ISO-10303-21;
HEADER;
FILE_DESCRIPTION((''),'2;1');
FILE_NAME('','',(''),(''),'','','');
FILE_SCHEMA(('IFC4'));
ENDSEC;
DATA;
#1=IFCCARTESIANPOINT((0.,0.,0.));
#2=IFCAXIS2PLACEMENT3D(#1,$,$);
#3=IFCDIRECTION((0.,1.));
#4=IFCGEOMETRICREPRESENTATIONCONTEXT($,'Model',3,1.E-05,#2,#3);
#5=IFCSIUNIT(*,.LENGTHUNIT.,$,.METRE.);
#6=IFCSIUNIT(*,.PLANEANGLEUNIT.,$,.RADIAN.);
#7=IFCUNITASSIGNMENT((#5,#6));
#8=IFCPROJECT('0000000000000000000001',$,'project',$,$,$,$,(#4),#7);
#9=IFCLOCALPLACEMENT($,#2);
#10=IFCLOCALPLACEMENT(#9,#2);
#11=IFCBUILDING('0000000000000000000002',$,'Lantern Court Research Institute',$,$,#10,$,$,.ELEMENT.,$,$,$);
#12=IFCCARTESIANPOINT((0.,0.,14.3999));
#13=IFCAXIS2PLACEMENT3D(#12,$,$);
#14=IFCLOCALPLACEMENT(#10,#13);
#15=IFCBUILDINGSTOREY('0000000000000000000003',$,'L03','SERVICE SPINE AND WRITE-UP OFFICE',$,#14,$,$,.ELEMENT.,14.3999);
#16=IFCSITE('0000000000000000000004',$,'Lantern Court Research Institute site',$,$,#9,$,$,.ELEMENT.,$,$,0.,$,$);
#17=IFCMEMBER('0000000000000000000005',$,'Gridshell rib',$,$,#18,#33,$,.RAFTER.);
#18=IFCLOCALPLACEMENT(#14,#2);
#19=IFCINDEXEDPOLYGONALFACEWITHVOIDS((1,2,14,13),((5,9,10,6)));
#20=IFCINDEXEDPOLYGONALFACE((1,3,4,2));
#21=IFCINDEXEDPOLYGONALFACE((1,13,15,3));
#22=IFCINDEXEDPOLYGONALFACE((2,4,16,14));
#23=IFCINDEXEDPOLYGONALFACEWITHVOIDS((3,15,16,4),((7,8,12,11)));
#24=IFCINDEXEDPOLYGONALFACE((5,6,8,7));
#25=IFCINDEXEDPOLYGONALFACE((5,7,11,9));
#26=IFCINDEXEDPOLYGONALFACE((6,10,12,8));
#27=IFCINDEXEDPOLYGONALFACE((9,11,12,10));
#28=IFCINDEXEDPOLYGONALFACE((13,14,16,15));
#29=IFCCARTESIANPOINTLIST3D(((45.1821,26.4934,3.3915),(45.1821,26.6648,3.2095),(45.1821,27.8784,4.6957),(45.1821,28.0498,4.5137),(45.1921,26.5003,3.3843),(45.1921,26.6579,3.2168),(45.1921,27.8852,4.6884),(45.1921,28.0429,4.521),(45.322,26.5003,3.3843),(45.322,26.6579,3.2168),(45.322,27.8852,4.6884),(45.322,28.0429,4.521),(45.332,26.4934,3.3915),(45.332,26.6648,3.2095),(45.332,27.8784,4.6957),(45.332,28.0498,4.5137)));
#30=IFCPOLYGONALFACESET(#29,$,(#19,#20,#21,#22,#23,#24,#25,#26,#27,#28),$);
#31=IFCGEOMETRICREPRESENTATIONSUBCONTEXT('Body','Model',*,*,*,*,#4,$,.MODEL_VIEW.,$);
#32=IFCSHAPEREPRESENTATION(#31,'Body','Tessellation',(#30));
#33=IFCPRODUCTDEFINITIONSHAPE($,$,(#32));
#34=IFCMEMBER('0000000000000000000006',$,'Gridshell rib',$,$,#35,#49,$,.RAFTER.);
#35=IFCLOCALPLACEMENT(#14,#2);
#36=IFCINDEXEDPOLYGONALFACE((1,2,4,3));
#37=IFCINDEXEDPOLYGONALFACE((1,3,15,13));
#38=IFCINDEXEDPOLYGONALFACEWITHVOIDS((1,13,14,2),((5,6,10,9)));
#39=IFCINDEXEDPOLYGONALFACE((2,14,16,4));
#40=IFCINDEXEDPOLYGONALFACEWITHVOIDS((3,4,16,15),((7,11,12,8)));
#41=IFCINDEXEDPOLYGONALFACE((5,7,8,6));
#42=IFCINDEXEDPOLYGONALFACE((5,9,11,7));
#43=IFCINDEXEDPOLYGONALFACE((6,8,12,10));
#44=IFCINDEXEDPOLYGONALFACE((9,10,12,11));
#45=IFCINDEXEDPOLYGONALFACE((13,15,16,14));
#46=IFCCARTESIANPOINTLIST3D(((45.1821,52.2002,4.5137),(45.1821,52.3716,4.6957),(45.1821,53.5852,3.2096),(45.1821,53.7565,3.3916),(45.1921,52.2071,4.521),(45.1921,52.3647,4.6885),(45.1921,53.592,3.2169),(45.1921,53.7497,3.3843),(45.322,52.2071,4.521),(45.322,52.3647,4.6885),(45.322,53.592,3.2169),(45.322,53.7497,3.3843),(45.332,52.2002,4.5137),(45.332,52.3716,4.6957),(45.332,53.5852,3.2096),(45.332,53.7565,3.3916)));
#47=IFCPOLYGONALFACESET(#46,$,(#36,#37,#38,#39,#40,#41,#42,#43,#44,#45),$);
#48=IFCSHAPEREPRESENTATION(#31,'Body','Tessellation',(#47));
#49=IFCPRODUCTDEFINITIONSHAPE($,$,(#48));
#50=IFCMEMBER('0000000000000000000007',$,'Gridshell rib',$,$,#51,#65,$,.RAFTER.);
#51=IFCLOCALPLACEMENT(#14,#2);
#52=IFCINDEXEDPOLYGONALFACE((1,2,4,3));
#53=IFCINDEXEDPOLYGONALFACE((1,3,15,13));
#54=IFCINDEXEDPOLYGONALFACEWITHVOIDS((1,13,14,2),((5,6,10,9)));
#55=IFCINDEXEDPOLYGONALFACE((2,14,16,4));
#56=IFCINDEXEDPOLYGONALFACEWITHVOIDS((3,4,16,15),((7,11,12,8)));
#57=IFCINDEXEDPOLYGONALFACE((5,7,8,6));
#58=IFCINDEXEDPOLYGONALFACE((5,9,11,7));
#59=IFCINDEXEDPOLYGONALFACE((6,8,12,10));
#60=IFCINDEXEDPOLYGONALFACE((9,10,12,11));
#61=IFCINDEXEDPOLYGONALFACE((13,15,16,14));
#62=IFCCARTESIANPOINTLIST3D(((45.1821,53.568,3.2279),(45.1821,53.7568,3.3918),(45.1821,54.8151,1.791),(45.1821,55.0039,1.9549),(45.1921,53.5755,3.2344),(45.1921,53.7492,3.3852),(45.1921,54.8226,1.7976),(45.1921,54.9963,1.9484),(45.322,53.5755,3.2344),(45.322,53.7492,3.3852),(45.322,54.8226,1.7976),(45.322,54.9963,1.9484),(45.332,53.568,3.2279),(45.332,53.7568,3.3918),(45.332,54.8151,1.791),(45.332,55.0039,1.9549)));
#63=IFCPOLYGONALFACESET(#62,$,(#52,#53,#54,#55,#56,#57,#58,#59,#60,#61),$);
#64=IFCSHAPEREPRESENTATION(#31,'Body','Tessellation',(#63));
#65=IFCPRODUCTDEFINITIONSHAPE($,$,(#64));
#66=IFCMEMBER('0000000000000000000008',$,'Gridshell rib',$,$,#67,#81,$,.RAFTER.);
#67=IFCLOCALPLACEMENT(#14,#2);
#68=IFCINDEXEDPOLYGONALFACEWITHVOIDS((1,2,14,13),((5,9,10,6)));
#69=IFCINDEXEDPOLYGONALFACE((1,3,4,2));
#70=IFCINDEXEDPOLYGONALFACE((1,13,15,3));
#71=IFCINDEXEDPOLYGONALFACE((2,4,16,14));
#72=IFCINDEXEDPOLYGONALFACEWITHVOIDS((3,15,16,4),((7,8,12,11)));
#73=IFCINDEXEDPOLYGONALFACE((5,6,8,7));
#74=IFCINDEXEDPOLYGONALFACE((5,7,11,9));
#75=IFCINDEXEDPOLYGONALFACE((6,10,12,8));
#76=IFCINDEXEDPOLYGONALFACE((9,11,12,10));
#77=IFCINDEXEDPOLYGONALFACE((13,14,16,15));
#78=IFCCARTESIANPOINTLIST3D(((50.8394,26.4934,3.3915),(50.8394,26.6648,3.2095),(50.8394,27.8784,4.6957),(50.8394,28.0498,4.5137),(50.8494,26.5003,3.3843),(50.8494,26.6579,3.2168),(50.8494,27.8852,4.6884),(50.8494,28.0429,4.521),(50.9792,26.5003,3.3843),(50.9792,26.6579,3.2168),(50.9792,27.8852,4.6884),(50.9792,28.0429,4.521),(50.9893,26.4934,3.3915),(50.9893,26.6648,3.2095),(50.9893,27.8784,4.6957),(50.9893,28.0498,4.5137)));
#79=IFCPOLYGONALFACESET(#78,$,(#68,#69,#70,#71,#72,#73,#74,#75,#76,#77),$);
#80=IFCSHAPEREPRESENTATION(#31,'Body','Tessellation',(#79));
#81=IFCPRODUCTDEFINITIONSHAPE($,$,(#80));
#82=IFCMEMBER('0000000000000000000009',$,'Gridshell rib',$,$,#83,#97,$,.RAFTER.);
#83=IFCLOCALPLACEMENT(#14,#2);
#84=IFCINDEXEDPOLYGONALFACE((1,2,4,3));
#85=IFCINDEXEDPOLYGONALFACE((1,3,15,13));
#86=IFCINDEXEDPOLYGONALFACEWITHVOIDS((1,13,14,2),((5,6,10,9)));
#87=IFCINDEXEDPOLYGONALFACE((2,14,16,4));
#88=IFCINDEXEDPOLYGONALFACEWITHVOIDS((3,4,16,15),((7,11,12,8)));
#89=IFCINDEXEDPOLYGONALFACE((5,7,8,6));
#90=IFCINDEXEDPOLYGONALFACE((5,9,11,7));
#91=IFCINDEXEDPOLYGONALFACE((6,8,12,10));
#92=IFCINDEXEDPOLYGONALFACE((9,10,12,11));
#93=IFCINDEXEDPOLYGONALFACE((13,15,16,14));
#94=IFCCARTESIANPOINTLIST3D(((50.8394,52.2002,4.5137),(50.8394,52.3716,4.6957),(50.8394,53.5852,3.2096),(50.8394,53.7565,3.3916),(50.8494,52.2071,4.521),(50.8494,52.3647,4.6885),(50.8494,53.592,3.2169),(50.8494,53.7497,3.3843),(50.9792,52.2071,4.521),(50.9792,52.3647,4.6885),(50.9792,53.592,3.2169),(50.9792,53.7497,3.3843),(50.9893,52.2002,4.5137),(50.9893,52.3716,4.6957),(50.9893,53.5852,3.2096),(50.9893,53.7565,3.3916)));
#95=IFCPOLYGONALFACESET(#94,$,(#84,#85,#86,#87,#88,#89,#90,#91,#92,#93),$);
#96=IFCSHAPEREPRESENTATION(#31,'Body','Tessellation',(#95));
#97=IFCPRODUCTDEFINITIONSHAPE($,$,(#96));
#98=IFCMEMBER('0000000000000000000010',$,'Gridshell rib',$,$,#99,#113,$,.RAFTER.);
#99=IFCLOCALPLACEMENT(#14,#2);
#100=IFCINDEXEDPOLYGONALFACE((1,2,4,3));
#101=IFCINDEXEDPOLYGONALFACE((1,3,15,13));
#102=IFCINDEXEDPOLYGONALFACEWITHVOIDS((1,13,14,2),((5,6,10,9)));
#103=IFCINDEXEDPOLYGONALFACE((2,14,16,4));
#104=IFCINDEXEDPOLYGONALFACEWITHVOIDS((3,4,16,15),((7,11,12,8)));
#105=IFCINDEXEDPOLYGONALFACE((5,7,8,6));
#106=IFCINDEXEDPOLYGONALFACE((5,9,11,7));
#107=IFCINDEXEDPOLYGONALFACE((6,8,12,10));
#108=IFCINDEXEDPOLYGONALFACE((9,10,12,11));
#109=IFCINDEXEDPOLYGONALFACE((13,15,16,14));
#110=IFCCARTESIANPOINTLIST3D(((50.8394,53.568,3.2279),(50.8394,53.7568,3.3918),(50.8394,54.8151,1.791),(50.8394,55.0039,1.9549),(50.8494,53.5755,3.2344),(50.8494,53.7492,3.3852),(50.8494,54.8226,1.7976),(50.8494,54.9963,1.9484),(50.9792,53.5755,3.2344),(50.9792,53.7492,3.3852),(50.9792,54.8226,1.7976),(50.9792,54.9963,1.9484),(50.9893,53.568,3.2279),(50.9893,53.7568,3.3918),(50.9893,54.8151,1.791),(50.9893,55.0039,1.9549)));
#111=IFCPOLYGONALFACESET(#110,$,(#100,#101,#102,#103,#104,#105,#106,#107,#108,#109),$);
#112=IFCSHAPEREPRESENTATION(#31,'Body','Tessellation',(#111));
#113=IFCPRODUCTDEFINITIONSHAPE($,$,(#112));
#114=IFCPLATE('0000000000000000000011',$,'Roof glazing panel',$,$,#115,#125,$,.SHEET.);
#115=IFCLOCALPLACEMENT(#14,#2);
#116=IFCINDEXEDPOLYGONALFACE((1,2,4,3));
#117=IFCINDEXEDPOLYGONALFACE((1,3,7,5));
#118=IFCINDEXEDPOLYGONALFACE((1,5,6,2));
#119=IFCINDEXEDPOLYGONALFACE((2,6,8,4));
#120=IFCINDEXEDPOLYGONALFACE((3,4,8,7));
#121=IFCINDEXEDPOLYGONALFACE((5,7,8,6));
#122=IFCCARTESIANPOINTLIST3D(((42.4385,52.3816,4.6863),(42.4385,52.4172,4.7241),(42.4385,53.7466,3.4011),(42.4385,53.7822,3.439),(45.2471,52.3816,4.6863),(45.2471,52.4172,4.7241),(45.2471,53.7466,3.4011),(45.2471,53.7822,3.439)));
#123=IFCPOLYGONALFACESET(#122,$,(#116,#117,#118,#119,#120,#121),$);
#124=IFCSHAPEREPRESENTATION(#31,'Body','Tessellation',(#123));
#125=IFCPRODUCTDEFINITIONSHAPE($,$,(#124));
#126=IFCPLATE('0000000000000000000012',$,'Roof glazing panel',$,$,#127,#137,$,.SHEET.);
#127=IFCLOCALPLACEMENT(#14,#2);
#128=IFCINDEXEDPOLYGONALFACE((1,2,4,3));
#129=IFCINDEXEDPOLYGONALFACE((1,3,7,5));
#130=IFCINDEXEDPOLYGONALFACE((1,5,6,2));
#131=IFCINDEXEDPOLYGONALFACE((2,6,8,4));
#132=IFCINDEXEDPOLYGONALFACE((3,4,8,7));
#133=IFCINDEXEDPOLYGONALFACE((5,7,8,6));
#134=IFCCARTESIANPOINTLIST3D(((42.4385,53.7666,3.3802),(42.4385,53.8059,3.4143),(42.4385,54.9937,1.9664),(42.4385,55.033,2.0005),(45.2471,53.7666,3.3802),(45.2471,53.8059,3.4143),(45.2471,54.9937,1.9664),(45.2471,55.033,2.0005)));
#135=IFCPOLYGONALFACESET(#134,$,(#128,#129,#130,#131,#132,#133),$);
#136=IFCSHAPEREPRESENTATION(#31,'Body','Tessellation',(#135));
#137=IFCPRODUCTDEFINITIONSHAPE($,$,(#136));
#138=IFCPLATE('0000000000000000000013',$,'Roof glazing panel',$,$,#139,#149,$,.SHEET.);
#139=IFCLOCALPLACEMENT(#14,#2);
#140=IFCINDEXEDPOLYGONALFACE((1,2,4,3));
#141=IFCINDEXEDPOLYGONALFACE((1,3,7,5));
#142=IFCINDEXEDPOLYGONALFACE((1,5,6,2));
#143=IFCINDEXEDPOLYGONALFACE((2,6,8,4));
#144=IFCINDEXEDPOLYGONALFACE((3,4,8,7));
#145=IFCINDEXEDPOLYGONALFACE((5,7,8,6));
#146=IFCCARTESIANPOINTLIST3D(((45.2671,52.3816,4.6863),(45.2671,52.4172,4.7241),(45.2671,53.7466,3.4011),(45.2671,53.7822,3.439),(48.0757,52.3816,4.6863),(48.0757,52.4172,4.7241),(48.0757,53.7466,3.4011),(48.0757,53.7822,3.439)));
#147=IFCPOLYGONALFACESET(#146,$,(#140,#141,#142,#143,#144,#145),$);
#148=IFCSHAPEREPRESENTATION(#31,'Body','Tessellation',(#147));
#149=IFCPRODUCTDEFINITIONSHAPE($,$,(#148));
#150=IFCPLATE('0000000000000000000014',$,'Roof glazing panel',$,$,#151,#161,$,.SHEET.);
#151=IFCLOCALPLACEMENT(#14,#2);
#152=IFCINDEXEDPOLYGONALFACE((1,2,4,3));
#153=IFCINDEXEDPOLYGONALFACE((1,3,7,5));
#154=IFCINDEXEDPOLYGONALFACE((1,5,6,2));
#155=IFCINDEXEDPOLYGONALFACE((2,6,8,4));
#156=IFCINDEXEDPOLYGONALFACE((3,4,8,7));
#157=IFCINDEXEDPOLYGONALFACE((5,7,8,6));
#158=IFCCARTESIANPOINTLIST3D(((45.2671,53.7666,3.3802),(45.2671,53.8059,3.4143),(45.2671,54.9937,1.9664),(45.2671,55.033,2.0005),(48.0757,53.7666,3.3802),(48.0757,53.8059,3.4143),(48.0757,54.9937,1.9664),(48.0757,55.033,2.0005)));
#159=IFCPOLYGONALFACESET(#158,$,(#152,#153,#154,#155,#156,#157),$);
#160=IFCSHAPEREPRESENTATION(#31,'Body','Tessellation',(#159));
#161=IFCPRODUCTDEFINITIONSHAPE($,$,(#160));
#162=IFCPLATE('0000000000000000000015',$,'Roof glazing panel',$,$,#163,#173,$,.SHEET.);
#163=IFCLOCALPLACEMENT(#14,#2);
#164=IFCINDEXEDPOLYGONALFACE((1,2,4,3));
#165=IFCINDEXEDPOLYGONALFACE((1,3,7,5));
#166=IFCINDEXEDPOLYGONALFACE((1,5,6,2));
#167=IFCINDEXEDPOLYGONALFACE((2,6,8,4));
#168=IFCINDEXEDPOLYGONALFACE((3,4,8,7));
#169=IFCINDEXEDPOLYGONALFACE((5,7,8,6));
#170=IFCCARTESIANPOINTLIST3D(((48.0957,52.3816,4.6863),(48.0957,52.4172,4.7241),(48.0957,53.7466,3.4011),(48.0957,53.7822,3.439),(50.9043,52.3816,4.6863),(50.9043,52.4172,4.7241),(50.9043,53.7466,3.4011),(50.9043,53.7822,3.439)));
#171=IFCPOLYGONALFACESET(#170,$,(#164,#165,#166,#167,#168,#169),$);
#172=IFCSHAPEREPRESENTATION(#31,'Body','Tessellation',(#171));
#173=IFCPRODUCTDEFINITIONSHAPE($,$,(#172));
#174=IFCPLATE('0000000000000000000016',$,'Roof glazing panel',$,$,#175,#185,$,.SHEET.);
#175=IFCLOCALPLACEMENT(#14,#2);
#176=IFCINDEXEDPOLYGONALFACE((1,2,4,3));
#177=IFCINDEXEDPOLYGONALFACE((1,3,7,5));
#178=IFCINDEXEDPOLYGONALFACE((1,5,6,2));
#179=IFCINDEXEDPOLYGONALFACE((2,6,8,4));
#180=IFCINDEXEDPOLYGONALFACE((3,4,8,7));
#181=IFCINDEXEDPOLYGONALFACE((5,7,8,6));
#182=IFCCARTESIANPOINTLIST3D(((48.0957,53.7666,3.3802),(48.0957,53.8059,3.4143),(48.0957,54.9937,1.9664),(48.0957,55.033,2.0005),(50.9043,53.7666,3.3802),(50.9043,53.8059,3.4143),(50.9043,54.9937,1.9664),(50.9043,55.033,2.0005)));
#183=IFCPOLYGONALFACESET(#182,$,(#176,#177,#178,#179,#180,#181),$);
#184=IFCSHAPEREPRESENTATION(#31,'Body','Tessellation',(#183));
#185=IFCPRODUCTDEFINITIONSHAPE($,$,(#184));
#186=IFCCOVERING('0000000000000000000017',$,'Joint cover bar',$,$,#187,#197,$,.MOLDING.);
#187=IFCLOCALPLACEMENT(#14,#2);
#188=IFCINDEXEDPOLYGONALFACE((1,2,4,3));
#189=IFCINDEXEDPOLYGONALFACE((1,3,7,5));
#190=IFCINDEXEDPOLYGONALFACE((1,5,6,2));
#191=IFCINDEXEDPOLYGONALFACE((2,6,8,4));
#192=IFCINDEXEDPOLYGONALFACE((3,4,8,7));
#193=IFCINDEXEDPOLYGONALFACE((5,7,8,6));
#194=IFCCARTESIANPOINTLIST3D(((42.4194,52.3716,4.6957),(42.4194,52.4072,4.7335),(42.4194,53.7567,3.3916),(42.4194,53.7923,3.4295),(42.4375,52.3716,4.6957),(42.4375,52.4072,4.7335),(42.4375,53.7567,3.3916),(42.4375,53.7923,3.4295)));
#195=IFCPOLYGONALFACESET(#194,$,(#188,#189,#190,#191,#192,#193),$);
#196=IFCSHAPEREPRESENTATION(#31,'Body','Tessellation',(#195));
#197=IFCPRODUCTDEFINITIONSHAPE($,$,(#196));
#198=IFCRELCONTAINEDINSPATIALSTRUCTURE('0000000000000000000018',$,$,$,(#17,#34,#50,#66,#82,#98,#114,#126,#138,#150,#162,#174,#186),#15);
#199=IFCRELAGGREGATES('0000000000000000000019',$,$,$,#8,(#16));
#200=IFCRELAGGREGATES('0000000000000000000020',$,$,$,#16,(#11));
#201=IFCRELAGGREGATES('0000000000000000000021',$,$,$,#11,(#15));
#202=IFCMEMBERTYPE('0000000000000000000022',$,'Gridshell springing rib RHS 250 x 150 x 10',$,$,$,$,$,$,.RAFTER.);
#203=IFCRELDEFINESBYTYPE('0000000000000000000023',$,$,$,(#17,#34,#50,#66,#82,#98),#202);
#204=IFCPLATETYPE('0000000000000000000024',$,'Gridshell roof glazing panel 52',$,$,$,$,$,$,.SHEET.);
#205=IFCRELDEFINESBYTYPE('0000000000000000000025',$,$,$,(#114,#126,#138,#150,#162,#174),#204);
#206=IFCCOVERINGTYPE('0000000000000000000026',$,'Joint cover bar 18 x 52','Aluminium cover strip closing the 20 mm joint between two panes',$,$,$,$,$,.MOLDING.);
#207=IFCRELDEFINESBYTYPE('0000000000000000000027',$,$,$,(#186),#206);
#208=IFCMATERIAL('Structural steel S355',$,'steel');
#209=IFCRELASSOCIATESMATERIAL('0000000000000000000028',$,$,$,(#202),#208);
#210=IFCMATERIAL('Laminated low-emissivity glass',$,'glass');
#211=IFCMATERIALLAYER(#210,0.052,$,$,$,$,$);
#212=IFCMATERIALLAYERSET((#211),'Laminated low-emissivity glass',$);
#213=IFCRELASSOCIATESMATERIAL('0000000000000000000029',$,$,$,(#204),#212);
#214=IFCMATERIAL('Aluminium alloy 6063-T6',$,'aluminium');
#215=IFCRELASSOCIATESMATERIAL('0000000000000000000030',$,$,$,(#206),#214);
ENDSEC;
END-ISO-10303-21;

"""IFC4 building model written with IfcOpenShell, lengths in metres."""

from ifc_helpers import new_model, si_unit, direction, frame, origin, origin_2d, place, context, subcontext, project, spatial, polyline, rectangle, hollow_rectangle, outline, extrude, material, layer, layer_set, material_profile, profile_set, type_object, element, save


model = new_model("IFC4")

# Units and contexts
model_context = context("Model", 3, precision=1e-05, world=origin(), true_north=direction((0.0, 1.0)))
body_context = subcontext(model_context, "Body", "Model", "MODEL_VIEW")
ifc_project = project(units=[si_unit("LENGTHUNIT", "METRE"), si_unit("PLANEANGLEUNIT", "RADIAN")], contexts=[model_context])

# Site, building, storey
site_placement = place(None, origin())
site = spatial("IfcSite", under=ifc_project, at=site_placement, Name="Lantern Court Research Institute site", CompositionType="ELEMENT", RefElevation=0.0)
building_placement = place(site_placement, origin())
building = spatial("IfcBuilding", under=site, at=building_placement, Name="Lantern Court Research Institute", CompositionType="ELEMENT")
storey_placement = place(building_placement, frame((0.0, 0.0, 14.3999)))
storey = spatial("IfcBuildingStorey", under=building, at=storey_placement, Name="L03", Description="SERVICE SPINE AND WRITE-UP OFFICE", CompositionType="ELEMENT", Elevation=14.3999)

# Members
ifc_material_1 = material(Name="Structural steel S355", Category="steel")
ifc_material_profile_1 = material_profile(ifc_material_1, hollow_rectangle(XDim=0.1499, YDim=0.25, WallThickness=0.01, at=origin_2d()), Name="Gridshell springing rib RHS 250 x 150 x 10")
ifc_profile_set_1 = profile_set([ifc_material_profile_1], Name="Structural steel S355")
member_type_1 = type_object("IfcMemberType", Name="Gridshell springing rib RHS 250 x 150 x 10", PredefinedType="RAFTER", material=ifc_profile_set_1)
for number, where, z_axis, x_axis, name in (
    (1, (45.2571, 26.5791, 3.3005), (0.0, 0.728027, 0.685549), (-1.0, 0.0, 0.0), "Gridshell rib"),
    (2, (45.2571, 52.2859, 4.6047), (0.0, 0.728027, -0.685549), (-1.0, 0.0, 0.0), "Gridshell rib"),
):
    element("IfcMember", number, at=place(storey_placement, frame(where, z_axis=z_axis, x_axis=x_axis)), inside=storey, type_object=member_type_1, Name=name, PredefinedType="RAFTER", context=body_context, shape_type="SweptSolid", body=[
        extrude(hollow_rectangle(XDim=0.1499, YDim=0.25, WallThickness=0.01, at=origin_2d()), origin(), (0.0, 0.0, 1.0), 1.9023),
    ])
member_1_placement = place(storey_placement, frame((45.2571, 53.6624, 3.3098), z_axis=(0.0, 0.655492, -0.755202), x_axis=(-1.0, 0.0, 0.0)))
element("IfcMember", 3, at=member_1_placement, inside=storey, type_object=member_type_1, Name="Gridshell rib", PredefinedType="RAFTER", context=body_context, shape_type="SweptSolid", body=[
    extrude(hollow_rectangle(XDim=0.1499, YDim=0.25, WallThickness=0.01, at=origin_2d()), origin(), (0.0, 0.0, 1.0), 1.9026),
])
for number, where, z_axis, x_axis, name in (
    (4, (50.9143, 26.5791, 3.3005), (0.0, 0.728027, 0.685549), (-1.0, 0.0, 0.0), "Gridshell rib"),
    (5, (50.9143, 52.2859, 4.6047), (0.0, 0.728027, -0.685549), (-1.0, 0.0, 0.0), "Gridshell rib"),
):
    element("IfcMember", number, at=place(storey_placement, frame(where, z_axis=z_axis, x_axis=x_axis)), inside=storey, type_object=member_type_1, Name=name, PredefinedType="RAFTER", context=body_context, shape_type="SweptSolid", body=[
        extrude(hollow_rectangle(XDim=0.1499, YDim=0.25, WallThickness=0.01, at=origin_2d()), origin(), (0.0, 0.0, 1.0), 1.9023),
    ])
member_2_placement = place(storey_placement, frame((50.9143, 53.6624, 3.3098), z_axis=(0.0, 0.655492, -0.755202), x_axis=(-1.0, 0.0, 0.0)))
element("IfcMember", 6, at=member_2_placement, inside=storey, type_object=member_type_1, Name="Gridshell rib", PredefinedType="RAFTER", context=body_context, shape_type="SweptSolid", body=[
    extrude(hollow_rectangle(XDim=0.1499, YDim=0.25, WallThickness=0.01, at=origin_2d()), origin(), (0.0, 0.0, 1.0), 1.9026),
])

# Plates
ifc_material_2 = material(Name="Laminated low-emissivity glass", Category="glass")
ifc_layer = layer(ifc_material_2, 0.052)
ifc_layer_set = layer_set([ifc_layer], Name="Laminated low-emissivity glass")
plate_type = type_object("IfcPlateType", Name="Gridshell roof glazing panel 52", PredefinedType="SHEET", material=ifc_layer_set)
plate_1_placement = place(storey_placement, frame((45.2471, 52.4172, 4.7241), z_axis=(0.0, 0.685495, 0.728078), x_axis=(-1.0, 0.0, 0.0)))
element("IfcPlate", 7, at=plate_1_placement, inside=storey, type_object=plate_type, Name="Roof glazing panel", PredefinedType="SHEET", context=body_context, shape_type="SweptSolid", body=[
    extrude(outline(polyline([(0.0, 0.0), (2.8086, 0.0), (2.8086, -1.8748), (0.0, -1.8748), (0.0, 0.0)])), origin(), (0.0, 0.0, -1.0), 0.052),
])
plate_2_placement = place(storey_placement, frame((45.2471, 53.8059, 3.4143), z_axis=(0.0, 0.755228, 0.655462), x_axis=(-1.0, 0.0, 0.0)))
element("IfcPlate", 8, at=plate_2_placement, inside=storey, type_object=plate_type, Name="Roof glazing panel", PredefinedType="SHEET", context=body_context, shape_type="SweptSolid", body=[
    extrude(outline(polyline([(0.0, 0.0), (2.8086, 0.0), (2.8086, -1.872), (0.0, -1.872), (0.0, 0.0)])), origin(), (0.0, 0.0, -1.0), 0.052),
])
plate_3_placement = place(storey_placement, frame((48.0757, 52.4172, 4.7241), z_axis=(0.0, 0.685495, 0.728078), x_axis=(-1.0, 0.0, 0.0)))
element("IfcPlate", 9, at=plate_3_placement, inside=storey, type_object=plate_type, Name="Roof glazing panel", PredefinedType="SHEET", context=body_context, shape_type="SweptSolid", body=[
    extrude(outline(polyline([(0.0, 0.0), (2.8086, 0.0), (2.8086, -1.8748), (0.0, -1.8748), (0.0, 0.0)])), origin(), (0.0, 0.0, -1.0), 0.052),
])
plate_4_placement = place(storey_placement, frame((48.0757, 53.8059, 3.4143), z_axis=(0.0, 0.755228, 0.655462), x_axis=(-1.0, 0.0, 0.0)))
element("IfcPlate", 10, at=plate_4_placement, inside=storey, type_object=plate_type, Name="Roof glazing panel", PredefinedType="SHEET", context=body_context, shape_type="SweptSolid", body=[
    extrude(outline(polyline([(0.0, 0.0), (2.8086, 0.0), (2.8086, -1.872), (0.0, -1.872), (0.0, 0.0)])), origin(), (0.0, 0.0, -1.0), 0.052),
])
plate_5_placement = place(storey_placement, frame((50.9043, 52.4172, 4.7241), z_axis=(0.0, 0.685495, 0.728078), x_axis=(-1.0, 0.0, 0.0)))
element("IfcPlate", 11, at=plate_5_placement, inside=storey, type_object=plate_type, Name="Roof glazing panel", PredefinedType="SHEET", context=body_context, shape_type="SweptSolid", body=[
    extrude(outline(polyline([(0.0, 0.0), (2.8086, 0.0), (2.8086, -1.8748), (0.0, -1.8748), (0.0, 0.0)])), origin(), (0.0, 0.0, -1.0), 0.052),
])
plate_6_placement = place(storey_placement, frame((50.9043, 53.8059, 3.4143), z_axis=(0.0, 0.755228, 0.655462), x_axis=(-1.0, 0.0, 0.0)))
element("IfcPlate", 12, at=plate_6_placement, inside=storey, type_object=plate_type, Name="Roof glazing panel", PredefinedType="SHEET", context=body_context, shape_type="SweptSolid", body=[
    extrude(outline(polyline([(0.0, 0.0), (2.8086, 0.0), (2.8086, -1.872), (0.0, -1.872), (0.0, 0.0)])), origin(), (0.0, 0.0, -1.0), 0.052),
])

# Covering
ifc_material_3 = material(Name="Aluminium alloy 6063-T6", Category="aluminium")
ifc_material_profile_2 = material_profile(ifc_material_3, rectangle(XDim=0.0181, YDim=0.052, at=origin_2d()), Name="Joint cover bar 18 x 52")
ifc_profile_set_2 = profile_set([ifc_material_profile_2], Name="Aluminium alloy 6063-T6")
covering_type = type_object("IfcCoveringType", Name="Joint cover bar 18 x 52", Description="Aluminium cover strip closing the 20 mm joint between two panes", PredefinedType="MOLDING", material=ifc_profile_set_2)
covering_1_placement = place(storey_placement, frame((42.4285, 52.3894, 4.7146), z_axis=(0.0, 0.728091, -0.685481), x_axis=(-1.0, 0.0, 0.0)))
element("IfcCovering", 13, at=covering_1_placement, inside=storey, type_object=covering_type, Name="Joint cover bar", PredefinedType="MOLDING", context=body_context, shape_type="SweptSolid", body=[
    extrude(rectangle(XDim=0.0181, YDim=0.052, at=origin_2d()), origin(), (0.0, 0.0, 1.0), 1.9023),
])

save(model, "model.ifc")
